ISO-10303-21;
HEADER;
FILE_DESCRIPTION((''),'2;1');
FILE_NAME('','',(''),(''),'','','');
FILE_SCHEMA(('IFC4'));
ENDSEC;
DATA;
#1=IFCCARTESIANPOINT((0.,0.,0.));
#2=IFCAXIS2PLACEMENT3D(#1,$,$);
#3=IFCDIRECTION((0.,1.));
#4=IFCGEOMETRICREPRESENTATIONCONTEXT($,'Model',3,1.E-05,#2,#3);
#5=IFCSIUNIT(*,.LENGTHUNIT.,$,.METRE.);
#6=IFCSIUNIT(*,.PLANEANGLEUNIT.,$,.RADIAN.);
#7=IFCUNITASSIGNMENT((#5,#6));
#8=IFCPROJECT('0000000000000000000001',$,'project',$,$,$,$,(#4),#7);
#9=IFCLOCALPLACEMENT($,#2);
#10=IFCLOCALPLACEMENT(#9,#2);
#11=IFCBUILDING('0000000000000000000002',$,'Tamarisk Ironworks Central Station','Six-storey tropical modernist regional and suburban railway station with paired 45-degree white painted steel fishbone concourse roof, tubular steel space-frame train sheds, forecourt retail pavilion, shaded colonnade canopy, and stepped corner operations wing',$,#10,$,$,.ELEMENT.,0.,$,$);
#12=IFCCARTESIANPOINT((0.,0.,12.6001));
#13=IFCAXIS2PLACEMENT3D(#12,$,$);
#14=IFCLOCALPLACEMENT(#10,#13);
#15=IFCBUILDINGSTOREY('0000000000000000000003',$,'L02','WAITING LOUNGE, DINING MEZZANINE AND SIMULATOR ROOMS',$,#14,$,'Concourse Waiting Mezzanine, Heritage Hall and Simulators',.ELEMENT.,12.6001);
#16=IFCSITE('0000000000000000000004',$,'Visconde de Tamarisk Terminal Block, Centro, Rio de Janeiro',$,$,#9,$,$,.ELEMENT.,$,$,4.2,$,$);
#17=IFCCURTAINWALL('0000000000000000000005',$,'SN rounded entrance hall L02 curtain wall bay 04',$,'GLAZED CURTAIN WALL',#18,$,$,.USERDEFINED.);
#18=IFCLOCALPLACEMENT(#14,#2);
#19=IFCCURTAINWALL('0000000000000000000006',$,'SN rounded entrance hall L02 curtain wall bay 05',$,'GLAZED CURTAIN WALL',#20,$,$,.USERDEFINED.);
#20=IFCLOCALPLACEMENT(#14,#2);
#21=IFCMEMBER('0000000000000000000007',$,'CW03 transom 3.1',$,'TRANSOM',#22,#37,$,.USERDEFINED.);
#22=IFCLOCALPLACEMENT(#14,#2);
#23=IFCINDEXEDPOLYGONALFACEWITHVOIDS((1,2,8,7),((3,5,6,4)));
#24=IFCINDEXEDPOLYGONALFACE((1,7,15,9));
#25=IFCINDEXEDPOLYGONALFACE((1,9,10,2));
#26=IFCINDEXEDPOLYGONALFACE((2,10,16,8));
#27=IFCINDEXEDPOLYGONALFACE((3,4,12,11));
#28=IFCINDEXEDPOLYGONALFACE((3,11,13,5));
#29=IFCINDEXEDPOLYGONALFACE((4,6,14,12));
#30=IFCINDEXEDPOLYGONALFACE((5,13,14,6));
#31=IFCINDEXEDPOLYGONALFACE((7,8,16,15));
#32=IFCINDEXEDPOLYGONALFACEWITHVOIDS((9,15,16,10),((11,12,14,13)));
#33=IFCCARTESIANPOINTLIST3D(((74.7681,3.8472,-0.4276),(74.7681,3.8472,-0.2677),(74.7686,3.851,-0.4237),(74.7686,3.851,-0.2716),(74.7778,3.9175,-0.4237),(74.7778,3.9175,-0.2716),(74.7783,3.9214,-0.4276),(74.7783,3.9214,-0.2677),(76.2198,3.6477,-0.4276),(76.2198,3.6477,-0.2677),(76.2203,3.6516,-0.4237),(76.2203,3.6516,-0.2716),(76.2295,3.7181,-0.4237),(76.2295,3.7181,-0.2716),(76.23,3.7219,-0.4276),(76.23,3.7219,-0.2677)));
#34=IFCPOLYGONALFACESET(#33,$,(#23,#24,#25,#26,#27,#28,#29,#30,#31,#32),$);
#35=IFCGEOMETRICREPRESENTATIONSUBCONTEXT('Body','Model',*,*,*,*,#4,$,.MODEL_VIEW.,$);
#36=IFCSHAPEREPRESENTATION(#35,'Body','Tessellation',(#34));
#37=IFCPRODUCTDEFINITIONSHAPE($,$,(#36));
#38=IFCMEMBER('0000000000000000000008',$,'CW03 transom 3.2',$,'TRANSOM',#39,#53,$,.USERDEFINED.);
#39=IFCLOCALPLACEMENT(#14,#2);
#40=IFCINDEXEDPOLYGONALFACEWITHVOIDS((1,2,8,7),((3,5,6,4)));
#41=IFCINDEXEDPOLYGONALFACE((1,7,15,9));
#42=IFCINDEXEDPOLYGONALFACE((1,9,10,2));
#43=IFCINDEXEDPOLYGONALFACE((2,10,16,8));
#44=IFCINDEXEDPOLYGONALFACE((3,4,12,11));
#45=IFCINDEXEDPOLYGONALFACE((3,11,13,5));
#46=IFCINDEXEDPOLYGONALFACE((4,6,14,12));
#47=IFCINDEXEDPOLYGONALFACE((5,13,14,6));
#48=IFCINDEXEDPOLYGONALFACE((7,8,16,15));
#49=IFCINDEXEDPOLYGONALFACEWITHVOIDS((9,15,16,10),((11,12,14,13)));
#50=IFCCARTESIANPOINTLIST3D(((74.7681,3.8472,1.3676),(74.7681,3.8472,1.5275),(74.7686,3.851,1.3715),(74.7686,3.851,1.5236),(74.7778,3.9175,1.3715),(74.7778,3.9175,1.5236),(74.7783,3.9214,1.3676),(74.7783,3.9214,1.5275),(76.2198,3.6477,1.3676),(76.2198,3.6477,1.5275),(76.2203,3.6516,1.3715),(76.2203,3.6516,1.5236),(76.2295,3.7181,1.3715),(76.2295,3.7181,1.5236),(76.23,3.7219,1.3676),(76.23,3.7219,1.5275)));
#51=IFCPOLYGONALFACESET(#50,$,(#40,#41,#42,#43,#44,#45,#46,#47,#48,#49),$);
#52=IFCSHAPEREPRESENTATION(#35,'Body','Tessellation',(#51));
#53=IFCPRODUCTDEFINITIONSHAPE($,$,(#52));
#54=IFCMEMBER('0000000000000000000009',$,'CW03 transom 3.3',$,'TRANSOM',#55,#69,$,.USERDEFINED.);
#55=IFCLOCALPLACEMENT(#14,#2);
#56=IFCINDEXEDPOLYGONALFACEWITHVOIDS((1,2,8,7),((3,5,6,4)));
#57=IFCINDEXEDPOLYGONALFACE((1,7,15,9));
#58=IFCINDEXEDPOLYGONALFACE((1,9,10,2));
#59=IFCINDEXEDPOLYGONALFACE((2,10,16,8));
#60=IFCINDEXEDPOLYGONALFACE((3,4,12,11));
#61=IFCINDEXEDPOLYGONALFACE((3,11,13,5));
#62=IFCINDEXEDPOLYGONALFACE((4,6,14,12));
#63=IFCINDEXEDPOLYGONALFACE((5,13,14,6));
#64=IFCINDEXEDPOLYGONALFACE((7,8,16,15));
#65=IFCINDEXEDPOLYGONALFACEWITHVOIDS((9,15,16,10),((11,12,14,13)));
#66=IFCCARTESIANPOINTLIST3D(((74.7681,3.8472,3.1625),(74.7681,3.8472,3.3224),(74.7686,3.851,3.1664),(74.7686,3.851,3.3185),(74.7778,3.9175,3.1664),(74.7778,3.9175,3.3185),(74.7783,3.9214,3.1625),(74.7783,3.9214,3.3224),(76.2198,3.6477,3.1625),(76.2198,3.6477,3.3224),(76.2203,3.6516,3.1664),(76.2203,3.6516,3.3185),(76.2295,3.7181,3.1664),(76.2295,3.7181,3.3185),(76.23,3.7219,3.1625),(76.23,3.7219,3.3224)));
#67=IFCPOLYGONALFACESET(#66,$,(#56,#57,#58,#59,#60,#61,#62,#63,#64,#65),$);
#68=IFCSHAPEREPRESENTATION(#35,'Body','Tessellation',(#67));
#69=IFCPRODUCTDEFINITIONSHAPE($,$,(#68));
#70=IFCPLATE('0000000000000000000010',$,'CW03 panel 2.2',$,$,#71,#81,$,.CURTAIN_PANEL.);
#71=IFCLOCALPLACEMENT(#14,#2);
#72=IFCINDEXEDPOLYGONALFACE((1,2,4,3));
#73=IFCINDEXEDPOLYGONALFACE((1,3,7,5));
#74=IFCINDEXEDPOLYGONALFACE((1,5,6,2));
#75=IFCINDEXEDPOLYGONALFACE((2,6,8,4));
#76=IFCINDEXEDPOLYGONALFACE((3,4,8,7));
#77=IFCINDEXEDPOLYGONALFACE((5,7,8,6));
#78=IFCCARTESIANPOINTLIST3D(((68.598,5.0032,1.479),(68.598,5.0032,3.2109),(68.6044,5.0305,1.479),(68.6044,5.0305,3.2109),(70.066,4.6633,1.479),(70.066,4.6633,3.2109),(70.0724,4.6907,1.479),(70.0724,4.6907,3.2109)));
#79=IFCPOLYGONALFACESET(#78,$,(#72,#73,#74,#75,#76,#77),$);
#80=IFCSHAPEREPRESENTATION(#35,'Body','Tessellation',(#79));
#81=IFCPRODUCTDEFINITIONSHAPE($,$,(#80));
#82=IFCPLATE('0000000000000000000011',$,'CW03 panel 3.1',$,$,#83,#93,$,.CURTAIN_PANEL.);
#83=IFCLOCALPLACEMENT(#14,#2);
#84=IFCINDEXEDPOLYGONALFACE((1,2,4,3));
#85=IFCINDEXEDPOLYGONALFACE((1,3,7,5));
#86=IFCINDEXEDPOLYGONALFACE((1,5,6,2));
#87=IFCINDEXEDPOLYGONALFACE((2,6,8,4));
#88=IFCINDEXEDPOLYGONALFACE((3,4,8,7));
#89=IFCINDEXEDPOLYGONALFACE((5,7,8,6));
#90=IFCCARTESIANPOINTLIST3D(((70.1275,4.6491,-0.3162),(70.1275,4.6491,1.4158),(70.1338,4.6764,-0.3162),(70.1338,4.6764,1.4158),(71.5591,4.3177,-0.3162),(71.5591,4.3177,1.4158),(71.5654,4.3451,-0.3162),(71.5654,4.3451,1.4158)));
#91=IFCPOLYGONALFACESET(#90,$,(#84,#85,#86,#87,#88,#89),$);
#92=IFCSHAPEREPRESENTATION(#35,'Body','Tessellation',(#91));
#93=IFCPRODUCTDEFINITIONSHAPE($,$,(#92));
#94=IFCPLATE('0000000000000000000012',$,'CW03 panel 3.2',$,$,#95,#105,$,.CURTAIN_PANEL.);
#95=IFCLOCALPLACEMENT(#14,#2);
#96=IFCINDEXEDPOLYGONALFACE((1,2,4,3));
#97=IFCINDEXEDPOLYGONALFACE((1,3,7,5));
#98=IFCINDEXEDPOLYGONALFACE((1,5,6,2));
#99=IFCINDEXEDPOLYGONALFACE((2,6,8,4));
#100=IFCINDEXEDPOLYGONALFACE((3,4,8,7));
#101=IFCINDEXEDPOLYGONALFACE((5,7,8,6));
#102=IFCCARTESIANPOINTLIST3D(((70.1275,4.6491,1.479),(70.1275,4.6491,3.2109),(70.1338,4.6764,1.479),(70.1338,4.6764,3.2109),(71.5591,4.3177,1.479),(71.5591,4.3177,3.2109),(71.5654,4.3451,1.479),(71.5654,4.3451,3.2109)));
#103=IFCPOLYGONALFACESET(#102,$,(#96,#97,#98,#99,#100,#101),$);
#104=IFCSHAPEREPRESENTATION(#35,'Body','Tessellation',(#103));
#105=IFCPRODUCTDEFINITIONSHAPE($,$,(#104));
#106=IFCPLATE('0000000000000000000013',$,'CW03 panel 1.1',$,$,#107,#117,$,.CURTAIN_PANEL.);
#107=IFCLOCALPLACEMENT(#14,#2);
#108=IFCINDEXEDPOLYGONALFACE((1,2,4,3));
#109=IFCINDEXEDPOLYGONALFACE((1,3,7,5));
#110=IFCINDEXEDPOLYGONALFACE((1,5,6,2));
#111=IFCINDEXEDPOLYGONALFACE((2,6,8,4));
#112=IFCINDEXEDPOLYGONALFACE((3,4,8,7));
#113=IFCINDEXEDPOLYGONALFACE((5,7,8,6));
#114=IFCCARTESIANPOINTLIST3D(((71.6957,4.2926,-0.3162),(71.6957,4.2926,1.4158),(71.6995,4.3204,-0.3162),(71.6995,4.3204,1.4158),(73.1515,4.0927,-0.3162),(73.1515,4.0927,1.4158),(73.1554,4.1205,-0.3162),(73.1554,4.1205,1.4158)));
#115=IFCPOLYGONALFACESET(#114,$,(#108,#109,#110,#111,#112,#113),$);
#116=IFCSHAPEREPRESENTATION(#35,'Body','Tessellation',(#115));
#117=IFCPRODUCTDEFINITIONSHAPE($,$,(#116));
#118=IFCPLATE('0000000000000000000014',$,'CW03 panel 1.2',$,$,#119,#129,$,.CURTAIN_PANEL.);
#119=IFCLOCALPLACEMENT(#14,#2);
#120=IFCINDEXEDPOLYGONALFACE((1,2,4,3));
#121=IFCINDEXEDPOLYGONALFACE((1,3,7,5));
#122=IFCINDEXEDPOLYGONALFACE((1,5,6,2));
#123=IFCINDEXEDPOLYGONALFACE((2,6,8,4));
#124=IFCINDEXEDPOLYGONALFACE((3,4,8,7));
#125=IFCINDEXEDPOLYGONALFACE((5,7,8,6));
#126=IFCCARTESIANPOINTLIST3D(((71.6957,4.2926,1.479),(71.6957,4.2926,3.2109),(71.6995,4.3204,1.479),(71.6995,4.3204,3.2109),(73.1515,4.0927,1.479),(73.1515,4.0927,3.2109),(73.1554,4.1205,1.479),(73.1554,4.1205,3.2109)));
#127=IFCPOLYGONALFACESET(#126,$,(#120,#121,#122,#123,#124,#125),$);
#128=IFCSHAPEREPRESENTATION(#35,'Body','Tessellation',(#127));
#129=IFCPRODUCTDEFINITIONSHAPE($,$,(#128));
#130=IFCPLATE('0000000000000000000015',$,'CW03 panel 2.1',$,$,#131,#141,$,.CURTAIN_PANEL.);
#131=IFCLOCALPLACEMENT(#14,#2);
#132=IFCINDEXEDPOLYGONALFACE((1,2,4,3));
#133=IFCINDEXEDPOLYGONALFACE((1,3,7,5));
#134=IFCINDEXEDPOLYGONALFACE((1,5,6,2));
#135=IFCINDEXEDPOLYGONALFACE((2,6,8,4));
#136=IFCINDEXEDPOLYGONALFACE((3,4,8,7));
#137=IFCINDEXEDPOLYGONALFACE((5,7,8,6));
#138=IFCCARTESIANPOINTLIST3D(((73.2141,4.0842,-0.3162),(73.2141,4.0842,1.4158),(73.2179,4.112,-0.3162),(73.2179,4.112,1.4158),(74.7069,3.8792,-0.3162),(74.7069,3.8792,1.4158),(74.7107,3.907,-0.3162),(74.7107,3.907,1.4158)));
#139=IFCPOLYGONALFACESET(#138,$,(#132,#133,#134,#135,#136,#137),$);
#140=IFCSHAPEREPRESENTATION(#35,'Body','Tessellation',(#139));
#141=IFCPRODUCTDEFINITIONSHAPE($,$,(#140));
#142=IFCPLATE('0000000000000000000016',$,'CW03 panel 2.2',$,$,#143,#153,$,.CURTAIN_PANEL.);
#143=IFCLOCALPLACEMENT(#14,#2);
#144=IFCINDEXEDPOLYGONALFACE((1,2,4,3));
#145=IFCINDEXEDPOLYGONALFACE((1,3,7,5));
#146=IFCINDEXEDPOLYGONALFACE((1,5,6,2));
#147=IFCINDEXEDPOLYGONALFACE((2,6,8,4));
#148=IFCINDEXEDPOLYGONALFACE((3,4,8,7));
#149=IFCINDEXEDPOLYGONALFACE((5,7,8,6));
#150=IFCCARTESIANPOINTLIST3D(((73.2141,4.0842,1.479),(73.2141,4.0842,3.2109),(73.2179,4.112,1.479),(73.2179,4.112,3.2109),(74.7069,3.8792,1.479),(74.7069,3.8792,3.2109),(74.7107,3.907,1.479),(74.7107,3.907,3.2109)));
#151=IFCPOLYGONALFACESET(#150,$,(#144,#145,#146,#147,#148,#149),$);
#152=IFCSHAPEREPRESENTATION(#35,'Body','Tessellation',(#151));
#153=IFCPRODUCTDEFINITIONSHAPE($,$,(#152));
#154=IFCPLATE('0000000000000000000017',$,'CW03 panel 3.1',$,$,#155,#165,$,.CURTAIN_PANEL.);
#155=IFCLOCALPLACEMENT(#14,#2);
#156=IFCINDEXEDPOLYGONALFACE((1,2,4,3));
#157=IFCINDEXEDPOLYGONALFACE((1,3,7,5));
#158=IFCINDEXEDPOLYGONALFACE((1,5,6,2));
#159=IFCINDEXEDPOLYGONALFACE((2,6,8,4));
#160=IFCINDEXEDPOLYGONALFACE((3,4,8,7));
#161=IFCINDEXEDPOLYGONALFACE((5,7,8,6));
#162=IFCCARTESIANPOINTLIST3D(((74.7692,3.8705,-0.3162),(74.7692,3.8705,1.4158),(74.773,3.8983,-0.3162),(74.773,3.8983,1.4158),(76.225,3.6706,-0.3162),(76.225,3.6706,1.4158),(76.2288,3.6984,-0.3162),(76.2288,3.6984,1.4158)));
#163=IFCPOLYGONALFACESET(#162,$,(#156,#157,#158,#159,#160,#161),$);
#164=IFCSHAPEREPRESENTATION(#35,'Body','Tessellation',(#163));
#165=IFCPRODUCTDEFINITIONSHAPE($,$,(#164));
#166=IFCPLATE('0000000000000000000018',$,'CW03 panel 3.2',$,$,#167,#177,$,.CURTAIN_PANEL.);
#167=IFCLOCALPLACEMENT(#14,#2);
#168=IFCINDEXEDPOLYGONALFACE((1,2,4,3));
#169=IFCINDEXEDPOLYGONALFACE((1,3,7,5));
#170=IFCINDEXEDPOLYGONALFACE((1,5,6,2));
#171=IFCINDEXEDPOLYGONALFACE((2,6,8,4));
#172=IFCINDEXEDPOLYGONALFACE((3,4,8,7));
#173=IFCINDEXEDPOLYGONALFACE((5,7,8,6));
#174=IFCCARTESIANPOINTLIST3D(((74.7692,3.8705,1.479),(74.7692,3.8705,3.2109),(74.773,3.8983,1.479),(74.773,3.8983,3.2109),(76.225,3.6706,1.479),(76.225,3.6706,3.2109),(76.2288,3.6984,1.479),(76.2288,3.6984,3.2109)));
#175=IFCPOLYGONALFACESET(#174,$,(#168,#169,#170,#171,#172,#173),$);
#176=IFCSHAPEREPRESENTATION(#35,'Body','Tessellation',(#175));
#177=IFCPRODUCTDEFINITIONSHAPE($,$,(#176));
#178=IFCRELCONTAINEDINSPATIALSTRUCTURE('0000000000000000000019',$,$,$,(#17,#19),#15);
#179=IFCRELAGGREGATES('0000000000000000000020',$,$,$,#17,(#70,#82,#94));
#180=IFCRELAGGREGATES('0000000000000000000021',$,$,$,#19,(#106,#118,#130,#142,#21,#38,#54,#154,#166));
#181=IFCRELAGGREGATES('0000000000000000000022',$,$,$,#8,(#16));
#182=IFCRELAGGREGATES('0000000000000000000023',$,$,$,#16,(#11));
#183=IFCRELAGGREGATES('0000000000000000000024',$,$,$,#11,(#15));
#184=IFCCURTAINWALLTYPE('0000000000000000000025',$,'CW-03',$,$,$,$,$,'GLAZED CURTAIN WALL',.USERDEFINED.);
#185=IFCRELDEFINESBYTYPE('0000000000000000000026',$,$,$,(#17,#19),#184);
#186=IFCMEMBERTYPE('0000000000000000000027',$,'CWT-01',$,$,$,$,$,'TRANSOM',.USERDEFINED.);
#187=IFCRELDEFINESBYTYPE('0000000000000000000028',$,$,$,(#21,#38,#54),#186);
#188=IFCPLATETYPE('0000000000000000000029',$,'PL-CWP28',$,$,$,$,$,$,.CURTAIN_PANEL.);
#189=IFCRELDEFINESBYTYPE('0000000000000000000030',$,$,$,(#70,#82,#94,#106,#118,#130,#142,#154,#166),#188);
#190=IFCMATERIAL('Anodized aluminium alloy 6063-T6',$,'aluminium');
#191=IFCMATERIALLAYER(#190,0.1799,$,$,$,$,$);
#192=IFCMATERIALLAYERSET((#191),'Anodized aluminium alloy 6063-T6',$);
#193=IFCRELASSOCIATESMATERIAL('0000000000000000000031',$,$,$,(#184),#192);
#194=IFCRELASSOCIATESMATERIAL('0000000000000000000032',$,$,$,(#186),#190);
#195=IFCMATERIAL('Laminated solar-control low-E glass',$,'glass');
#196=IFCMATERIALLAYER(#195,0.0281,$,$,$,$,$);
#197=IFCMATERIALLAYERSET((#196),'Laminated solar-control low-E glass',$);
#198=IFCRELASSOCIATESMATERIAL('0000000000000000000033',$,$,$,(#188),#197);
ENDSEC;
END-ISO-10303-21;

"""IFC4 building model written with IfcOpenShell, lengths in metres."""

from ifc_helpers import new_model, si_unit, direction, frame, origin, origin_2d, place, context, subcontext, project, spatial, rectangle, hollow_rectangle, extrude, material, layer, layer_set, material_profile, profile_set, type_object, element, aggregate, save


model = new_model("IFC4")

# Units and contexts
model_context = context("Model", 3, precision=1e-05, world=origin(), true_north=direction((0.0, 1.0)))
body_context = subcontext(model_context, "Body", "Model", "MODEL_VIEW")
ifc_project = project(units=[si_unit("LENGTHUNIT", "METRE"), si_unit("PLANEANGLEUNIT", "RADIAN")], contexts=[model_context])

# Site, building, storey
site_placement = place(None, origin())
site = spatial("IfcSite", under=ifc_project, at=site_placement, Name="Visconde de Tamarisk Terminal Block, Centro, Rio de Janeiro", CompositionType="ELEMENT", RefElevation=4.2)
building_placement = place(site_placement, origin())
building = spatial("IfcBuilding", under=site, at=building_placement, Name="Tamarisk Ironworks Central Station", Description="Six-storey tropical modernist regional and suburban railway station with paired 45-degree white painted steel fishbone concourse roof, tubular steel space-frame train sheds, forecourt retail pavilion, shaded colonnade canopy, and stepped corner operations wing", CompositionType="ELEMENT", ElevationOfRefHeight=0.0)
storey_placement = place(building_placement, frame((0.0, 0.0, 12.6001)))
storey = spatial("IfcBuildingStorey", under=building, at=storey_placement, Name="L02", Description="WAITING LOUNGE, DINING MEZZANINE AND SIMULATOR ROOMS", LongName="Concourse Waiting Mezzanine, Heritage Hall and Simulators", CompositionType="ELEMENT", Elevation=12.6001)

# Curtain walls
ifc_material_1 = material(Name="Anodized aluminium alloy 6063-T6", Category="aluminium")
ifc_layer_1 = layer(ifc_material_1, 0.1799)
ifc_layer_set_1 = layer_set([ifc_layer_1], Name="Anodized aluminium alloy 6063-T6")
curtain_wall_type = type_object("IfcCurtainWallType", Name="CW-03", ElementType="GLAZED CURTAIN WALL", PredefinedType="USERDEFINED", material=ifc_layer_set_1)
curtain_wall_1_placement = place(storey_placement, origin())
curtain_wall_1 = element("IfcCurtainWall", 1, at=curtain_wall_1_placement, inside=storey, type_object=curtain_wall_type, Name="SN rounded entrance hall L02 curtain wall bay 04", ObjectType="GLAZED CURTAIN WALL", PredefinedType="USERDEFINED")
curtain_wall_2_placement = place(storey_placement, origin())
curtain_wall_2 = element("IfcCurtainWall", 2, at=curtain_wall_2_placement, inside=storey, type_object=curtain_wall_type, Name="SN rounded entrance hall L02 curtain wall bay 05", ObjectType="GLAZED CURTAIN WALL", PredefinedType="USERDEFINED")

# Members
ifc_material_profile_1 = material_profile(ifc_material_1, hollow_rectangle(XDim=0.075, YDim=0.1599, WallThickness=0.0039, at=origin_2d()), Name="ALUM 160x75")
ifc_profile_set_1 = profile_set([ifc_material_profile_1], Name="Anodized aluminium alloy 6063-T6")
member_type_1 = type_object("IfcMemberType", Name="CWT-01", ElementType="TRANSOM", PredefinedType="USERDEFINED", material=ifc_profile_set_1)
member_1_placement = place(storey_placement, frame((74.7732, 3.8843, -0.3477), z_axis=(0.990692, -0.136124, 0.0), x_axis=(0.136124, 0.990692, 0.0)))
member_1 = element("IfcMember", 3, at=member_1_placement, type_object=member_type_1, Name="CW03 transom 3.1", ObjectType="TRANSOM", PredefinedType="USERDEFINED", context=body_context, shape_type="SweptSolid", body=[
    extrude(hollow_rectangle(XDim=0.075, YDim=0.1599, WallThickness=0.0039, at=origin_2d()), origin(), (0.0, 0.0, 1.0), 1.4653),
])
member_2_placement = place(storey_placement, frame((74.7732, 3.8843, 1.4475), z_axis=(0.990692, -0.136124, 0.0), x_axis=(0.136124, 0.990692, 0.0)))
member_2 = element("IfcMember", 4, at=member_2_placement, type_object=member_type_1, Name="CW03 transom 3.2", ObjectType="TRANSOM", PredefinedType="USERDEFINED", context=body_context, shape_type="SweptSolid", body=[
    extrude(hollow_rectangle(XDim=0.075, YDim=0.1599, WallThickness=0.0039, at=origin_2d()), origin(), (0.0, 0.0, 1.0), 1.4653),
])
member_3_placement = place(storey_placement, frame((74.7732, 3.8843, 3.2424), z_axis=(0.990692, -0.136124, 0.0), x_axis=(0.136124, 0.990692, 0.0)))
member_3 = element("IfcMember", 5, at=member_3_placement, type_object=member_type_1, Name="CW03 transom 3.3", ObjectType="TRANSOM", PredefinedType="USERDEFINED", context=body_context, shape_type="SweptSolid", body=[
    extrude(hollow_rectangle(XDim=0.075, YDim=0.1599, WallThickness=0.0039, at=origin_2d()), origin(), (0.0, 0.0, 1.0), 1.4653),
])

# Plates
ifc_material_2 = material(Name="Laminated solar-control low-E glass", Category="glass")
ifc_layer_2 = layer(ifc_material_2, 0.0281)
ifc_layer_set_2 = layer_set([ifc_layer_2], Name="Laminated solar-control low-E glass")
plate_type = type_object("IfcPlateType", Name="PL-CWP28", PredefinedType="CURTAIN_PANEL", material=ifc_layer_set_2)
plate_1_placement = place(storey_placement, frame((69.3352, 4.8469, 1.479), z_axis=(0.0, 0.0, 1.0), x_axis=(0.974239, -0.225517, 0.0)))
plate_1 = element("IfcPlate", 6, at=plate_1_placement, type_object=plate_type, Name="CW03 panel 2.2", PredefinedType="CURTAIN_PANEL", context=body_context, shape_type="SweptSolid", body=[
    extrude(rectangle(XDim=1.5068, YDim=0.0281, at=origin_2d()), origin(), (0.0, 0.0, 1.0), 1.7319),
])
plate_2_placement = place(storey_placement, frame((70.8464, 4.4971, -0.3162), z_axis=(0.0, 0.0, 1.0), x_axis=(0.974239, -0.225517, 0.0)))
plate_2 = element("IfcPlate", 7, at=plate_2_placement, type_object=plate_type, Name="CW03 panel 3.1", PredefinedType="CURTAIN_PANEL", context=body_context, shape_type="SweptSolid", body=[
    extrude(rectangle(XDim=1.4695, YDim=0.0281, at=origin_2d()), origin(), (0.0, 0.0, 1.0), 1.7319),
])
plate_3_placement = place(storey_placement, frame((70.8464, 4.4971, 1.479), z_axis=(0.0, 0.0, 1.0), x_axis=(0.974239, -0.225517, 0.0)))
plate_3 = element("IfcPlate", 8, at=plate_3_placement, type_object=plate_type, Name="CW03 panel 3.2", PredefinedType="CURTAIN_PANEL", context=body_context, shape_type="SweptSolid", body=[
    extrude(rectangle(XDim=1.4695, YDim=0.0281, at=origin_2d()), origin(), (0.0, 0.0, 1.0), 1.7319),
])
aggregate(curtain_wall_1, [plate_1, plate_2, plate_3])
plate_4_placement = place(storey_placement, frame((72.4255, 4.2065, -0.3162), z_axis=(0.0, 0.0, 1.0), x_axis=(0.990703, -0.136042, 0.0)))
plate_4 = element("IfcPlate", 9, at=plate_4_placement, type_object=plate_type, Name="CW03 panel 1.1", PredefinedType="CURTAIN_PANEL", context=body_context, shape_type="SweptSolid", body=[
    extrude(rectangle(XDim=1.4695, YDim=0.0281, at=origin_2d()), origin(), (0.0, 0.0, 1.0), 1.7319),
])
plate_5_placement = place(storey_placement, frame((72.4255, 4.2065, 1.479), z_axis=(0.0, 0.0, 1.0), x_axis=(0.990703, -0.136042, 0.0)))
plate_5 = element("IfcPlate", 10, at=plate_5_placement, type_object=plate_type, Name="CW03 panel 1.2", PredefinedType="CURTAIN_PANEL", context=body_context, shape_type="SweptSolid", body=[
    extrude(rectangle(XDim=1.4695, YDim=0.0281, at=origin_2d()), origin(), (0.0, 0.0, 1.0), 1.7319),
])
plate_6_placement = place(storey_placement, frame((73.9624, 3.9956, -0.3162), z_axis=(0.0, 0.0, 1.0), x_axis=(0.990703, -0.136042, 0.0)))
plate_6 = element("IfcPlate", 11, at=plate_6_placement, type_object=plate_type, Name="CW03 panel 2.1", PredefinedType="CURTAIN_PANEL", context=body_context, shape_type="SweptSolid", body=[
    extrude(rectangle(XDim=1.5068, YDim=0.0281, at=origin_2d()), origin(), (0.0, 0.0, 1.0), 1.7319),
])
plate_7_placement = place(storey_placement, frame((73.9624, 3.9956, 1.479), z_axis=(0.0, 0.0, 1.0), x_axis=(0.990703, -0.136042, 0.0)))
plate_7 = element("IfcPlate", 12, at=plate_7_placement, type_object=plate_type, Name="CW03 panel 2.2", PredefinedType="CURTAIN_PANEL", context=body_context, shape_type="SweptSolid", body=[
    extrude(rectangle(XDim=1.5068, YDim=0.0281, at=origin_2d()), origin(), (0.0, 0.0, 1.0), 1.7319),
])
plate_8_placement = place(storey_placement, frame((75.499, 3.7844, -0.3162), z_axis=(0.0, 0.0, 1.0), x_axis=(0.990703, -0.136042, 0.0)))
plate_8 = element("IfcPlate", 13, at=plate_8_placement, type_object=plate_type, Name="CW03 panel 3.1", PredefinedType="CURTAIN_PANEL", context=body_context, shape_type="SweptSolid", body=[
    extrude(rectangle(XDim=1.4695, YDim=0.0281, at=origin_2d()), origin(), (0.0, 0.0, 1.0), 1.7319),
])
plate_9_placement = place(storey_placement, frame((75.499, 3.7844, 1.479), z_axis=(0.0, 0.0, 1.0), x_axis=(0.990703, -0.136042, 0.0)))
plate_9 = element("IfcPlate", 14, at=plate_9_placement, type_object=plate_type, Name="CW03 panel 3.2", PredefinedType="CURTAIN_PANEL", context=body_context, shape_type="SweptSolid", body=[
    extrude(rectangle(XDim=1.4695, YDim=0.0281, at=origin_2d()), origin(), (0.0, 0.0, 1.0), 1.7319),
])
aggregate(curtain_wall_2, [plate_4, plate_5, plate_6, plate_7, member_1, member_2, member_3, plate_8, plate_9])

save(model, "model.ifc")
